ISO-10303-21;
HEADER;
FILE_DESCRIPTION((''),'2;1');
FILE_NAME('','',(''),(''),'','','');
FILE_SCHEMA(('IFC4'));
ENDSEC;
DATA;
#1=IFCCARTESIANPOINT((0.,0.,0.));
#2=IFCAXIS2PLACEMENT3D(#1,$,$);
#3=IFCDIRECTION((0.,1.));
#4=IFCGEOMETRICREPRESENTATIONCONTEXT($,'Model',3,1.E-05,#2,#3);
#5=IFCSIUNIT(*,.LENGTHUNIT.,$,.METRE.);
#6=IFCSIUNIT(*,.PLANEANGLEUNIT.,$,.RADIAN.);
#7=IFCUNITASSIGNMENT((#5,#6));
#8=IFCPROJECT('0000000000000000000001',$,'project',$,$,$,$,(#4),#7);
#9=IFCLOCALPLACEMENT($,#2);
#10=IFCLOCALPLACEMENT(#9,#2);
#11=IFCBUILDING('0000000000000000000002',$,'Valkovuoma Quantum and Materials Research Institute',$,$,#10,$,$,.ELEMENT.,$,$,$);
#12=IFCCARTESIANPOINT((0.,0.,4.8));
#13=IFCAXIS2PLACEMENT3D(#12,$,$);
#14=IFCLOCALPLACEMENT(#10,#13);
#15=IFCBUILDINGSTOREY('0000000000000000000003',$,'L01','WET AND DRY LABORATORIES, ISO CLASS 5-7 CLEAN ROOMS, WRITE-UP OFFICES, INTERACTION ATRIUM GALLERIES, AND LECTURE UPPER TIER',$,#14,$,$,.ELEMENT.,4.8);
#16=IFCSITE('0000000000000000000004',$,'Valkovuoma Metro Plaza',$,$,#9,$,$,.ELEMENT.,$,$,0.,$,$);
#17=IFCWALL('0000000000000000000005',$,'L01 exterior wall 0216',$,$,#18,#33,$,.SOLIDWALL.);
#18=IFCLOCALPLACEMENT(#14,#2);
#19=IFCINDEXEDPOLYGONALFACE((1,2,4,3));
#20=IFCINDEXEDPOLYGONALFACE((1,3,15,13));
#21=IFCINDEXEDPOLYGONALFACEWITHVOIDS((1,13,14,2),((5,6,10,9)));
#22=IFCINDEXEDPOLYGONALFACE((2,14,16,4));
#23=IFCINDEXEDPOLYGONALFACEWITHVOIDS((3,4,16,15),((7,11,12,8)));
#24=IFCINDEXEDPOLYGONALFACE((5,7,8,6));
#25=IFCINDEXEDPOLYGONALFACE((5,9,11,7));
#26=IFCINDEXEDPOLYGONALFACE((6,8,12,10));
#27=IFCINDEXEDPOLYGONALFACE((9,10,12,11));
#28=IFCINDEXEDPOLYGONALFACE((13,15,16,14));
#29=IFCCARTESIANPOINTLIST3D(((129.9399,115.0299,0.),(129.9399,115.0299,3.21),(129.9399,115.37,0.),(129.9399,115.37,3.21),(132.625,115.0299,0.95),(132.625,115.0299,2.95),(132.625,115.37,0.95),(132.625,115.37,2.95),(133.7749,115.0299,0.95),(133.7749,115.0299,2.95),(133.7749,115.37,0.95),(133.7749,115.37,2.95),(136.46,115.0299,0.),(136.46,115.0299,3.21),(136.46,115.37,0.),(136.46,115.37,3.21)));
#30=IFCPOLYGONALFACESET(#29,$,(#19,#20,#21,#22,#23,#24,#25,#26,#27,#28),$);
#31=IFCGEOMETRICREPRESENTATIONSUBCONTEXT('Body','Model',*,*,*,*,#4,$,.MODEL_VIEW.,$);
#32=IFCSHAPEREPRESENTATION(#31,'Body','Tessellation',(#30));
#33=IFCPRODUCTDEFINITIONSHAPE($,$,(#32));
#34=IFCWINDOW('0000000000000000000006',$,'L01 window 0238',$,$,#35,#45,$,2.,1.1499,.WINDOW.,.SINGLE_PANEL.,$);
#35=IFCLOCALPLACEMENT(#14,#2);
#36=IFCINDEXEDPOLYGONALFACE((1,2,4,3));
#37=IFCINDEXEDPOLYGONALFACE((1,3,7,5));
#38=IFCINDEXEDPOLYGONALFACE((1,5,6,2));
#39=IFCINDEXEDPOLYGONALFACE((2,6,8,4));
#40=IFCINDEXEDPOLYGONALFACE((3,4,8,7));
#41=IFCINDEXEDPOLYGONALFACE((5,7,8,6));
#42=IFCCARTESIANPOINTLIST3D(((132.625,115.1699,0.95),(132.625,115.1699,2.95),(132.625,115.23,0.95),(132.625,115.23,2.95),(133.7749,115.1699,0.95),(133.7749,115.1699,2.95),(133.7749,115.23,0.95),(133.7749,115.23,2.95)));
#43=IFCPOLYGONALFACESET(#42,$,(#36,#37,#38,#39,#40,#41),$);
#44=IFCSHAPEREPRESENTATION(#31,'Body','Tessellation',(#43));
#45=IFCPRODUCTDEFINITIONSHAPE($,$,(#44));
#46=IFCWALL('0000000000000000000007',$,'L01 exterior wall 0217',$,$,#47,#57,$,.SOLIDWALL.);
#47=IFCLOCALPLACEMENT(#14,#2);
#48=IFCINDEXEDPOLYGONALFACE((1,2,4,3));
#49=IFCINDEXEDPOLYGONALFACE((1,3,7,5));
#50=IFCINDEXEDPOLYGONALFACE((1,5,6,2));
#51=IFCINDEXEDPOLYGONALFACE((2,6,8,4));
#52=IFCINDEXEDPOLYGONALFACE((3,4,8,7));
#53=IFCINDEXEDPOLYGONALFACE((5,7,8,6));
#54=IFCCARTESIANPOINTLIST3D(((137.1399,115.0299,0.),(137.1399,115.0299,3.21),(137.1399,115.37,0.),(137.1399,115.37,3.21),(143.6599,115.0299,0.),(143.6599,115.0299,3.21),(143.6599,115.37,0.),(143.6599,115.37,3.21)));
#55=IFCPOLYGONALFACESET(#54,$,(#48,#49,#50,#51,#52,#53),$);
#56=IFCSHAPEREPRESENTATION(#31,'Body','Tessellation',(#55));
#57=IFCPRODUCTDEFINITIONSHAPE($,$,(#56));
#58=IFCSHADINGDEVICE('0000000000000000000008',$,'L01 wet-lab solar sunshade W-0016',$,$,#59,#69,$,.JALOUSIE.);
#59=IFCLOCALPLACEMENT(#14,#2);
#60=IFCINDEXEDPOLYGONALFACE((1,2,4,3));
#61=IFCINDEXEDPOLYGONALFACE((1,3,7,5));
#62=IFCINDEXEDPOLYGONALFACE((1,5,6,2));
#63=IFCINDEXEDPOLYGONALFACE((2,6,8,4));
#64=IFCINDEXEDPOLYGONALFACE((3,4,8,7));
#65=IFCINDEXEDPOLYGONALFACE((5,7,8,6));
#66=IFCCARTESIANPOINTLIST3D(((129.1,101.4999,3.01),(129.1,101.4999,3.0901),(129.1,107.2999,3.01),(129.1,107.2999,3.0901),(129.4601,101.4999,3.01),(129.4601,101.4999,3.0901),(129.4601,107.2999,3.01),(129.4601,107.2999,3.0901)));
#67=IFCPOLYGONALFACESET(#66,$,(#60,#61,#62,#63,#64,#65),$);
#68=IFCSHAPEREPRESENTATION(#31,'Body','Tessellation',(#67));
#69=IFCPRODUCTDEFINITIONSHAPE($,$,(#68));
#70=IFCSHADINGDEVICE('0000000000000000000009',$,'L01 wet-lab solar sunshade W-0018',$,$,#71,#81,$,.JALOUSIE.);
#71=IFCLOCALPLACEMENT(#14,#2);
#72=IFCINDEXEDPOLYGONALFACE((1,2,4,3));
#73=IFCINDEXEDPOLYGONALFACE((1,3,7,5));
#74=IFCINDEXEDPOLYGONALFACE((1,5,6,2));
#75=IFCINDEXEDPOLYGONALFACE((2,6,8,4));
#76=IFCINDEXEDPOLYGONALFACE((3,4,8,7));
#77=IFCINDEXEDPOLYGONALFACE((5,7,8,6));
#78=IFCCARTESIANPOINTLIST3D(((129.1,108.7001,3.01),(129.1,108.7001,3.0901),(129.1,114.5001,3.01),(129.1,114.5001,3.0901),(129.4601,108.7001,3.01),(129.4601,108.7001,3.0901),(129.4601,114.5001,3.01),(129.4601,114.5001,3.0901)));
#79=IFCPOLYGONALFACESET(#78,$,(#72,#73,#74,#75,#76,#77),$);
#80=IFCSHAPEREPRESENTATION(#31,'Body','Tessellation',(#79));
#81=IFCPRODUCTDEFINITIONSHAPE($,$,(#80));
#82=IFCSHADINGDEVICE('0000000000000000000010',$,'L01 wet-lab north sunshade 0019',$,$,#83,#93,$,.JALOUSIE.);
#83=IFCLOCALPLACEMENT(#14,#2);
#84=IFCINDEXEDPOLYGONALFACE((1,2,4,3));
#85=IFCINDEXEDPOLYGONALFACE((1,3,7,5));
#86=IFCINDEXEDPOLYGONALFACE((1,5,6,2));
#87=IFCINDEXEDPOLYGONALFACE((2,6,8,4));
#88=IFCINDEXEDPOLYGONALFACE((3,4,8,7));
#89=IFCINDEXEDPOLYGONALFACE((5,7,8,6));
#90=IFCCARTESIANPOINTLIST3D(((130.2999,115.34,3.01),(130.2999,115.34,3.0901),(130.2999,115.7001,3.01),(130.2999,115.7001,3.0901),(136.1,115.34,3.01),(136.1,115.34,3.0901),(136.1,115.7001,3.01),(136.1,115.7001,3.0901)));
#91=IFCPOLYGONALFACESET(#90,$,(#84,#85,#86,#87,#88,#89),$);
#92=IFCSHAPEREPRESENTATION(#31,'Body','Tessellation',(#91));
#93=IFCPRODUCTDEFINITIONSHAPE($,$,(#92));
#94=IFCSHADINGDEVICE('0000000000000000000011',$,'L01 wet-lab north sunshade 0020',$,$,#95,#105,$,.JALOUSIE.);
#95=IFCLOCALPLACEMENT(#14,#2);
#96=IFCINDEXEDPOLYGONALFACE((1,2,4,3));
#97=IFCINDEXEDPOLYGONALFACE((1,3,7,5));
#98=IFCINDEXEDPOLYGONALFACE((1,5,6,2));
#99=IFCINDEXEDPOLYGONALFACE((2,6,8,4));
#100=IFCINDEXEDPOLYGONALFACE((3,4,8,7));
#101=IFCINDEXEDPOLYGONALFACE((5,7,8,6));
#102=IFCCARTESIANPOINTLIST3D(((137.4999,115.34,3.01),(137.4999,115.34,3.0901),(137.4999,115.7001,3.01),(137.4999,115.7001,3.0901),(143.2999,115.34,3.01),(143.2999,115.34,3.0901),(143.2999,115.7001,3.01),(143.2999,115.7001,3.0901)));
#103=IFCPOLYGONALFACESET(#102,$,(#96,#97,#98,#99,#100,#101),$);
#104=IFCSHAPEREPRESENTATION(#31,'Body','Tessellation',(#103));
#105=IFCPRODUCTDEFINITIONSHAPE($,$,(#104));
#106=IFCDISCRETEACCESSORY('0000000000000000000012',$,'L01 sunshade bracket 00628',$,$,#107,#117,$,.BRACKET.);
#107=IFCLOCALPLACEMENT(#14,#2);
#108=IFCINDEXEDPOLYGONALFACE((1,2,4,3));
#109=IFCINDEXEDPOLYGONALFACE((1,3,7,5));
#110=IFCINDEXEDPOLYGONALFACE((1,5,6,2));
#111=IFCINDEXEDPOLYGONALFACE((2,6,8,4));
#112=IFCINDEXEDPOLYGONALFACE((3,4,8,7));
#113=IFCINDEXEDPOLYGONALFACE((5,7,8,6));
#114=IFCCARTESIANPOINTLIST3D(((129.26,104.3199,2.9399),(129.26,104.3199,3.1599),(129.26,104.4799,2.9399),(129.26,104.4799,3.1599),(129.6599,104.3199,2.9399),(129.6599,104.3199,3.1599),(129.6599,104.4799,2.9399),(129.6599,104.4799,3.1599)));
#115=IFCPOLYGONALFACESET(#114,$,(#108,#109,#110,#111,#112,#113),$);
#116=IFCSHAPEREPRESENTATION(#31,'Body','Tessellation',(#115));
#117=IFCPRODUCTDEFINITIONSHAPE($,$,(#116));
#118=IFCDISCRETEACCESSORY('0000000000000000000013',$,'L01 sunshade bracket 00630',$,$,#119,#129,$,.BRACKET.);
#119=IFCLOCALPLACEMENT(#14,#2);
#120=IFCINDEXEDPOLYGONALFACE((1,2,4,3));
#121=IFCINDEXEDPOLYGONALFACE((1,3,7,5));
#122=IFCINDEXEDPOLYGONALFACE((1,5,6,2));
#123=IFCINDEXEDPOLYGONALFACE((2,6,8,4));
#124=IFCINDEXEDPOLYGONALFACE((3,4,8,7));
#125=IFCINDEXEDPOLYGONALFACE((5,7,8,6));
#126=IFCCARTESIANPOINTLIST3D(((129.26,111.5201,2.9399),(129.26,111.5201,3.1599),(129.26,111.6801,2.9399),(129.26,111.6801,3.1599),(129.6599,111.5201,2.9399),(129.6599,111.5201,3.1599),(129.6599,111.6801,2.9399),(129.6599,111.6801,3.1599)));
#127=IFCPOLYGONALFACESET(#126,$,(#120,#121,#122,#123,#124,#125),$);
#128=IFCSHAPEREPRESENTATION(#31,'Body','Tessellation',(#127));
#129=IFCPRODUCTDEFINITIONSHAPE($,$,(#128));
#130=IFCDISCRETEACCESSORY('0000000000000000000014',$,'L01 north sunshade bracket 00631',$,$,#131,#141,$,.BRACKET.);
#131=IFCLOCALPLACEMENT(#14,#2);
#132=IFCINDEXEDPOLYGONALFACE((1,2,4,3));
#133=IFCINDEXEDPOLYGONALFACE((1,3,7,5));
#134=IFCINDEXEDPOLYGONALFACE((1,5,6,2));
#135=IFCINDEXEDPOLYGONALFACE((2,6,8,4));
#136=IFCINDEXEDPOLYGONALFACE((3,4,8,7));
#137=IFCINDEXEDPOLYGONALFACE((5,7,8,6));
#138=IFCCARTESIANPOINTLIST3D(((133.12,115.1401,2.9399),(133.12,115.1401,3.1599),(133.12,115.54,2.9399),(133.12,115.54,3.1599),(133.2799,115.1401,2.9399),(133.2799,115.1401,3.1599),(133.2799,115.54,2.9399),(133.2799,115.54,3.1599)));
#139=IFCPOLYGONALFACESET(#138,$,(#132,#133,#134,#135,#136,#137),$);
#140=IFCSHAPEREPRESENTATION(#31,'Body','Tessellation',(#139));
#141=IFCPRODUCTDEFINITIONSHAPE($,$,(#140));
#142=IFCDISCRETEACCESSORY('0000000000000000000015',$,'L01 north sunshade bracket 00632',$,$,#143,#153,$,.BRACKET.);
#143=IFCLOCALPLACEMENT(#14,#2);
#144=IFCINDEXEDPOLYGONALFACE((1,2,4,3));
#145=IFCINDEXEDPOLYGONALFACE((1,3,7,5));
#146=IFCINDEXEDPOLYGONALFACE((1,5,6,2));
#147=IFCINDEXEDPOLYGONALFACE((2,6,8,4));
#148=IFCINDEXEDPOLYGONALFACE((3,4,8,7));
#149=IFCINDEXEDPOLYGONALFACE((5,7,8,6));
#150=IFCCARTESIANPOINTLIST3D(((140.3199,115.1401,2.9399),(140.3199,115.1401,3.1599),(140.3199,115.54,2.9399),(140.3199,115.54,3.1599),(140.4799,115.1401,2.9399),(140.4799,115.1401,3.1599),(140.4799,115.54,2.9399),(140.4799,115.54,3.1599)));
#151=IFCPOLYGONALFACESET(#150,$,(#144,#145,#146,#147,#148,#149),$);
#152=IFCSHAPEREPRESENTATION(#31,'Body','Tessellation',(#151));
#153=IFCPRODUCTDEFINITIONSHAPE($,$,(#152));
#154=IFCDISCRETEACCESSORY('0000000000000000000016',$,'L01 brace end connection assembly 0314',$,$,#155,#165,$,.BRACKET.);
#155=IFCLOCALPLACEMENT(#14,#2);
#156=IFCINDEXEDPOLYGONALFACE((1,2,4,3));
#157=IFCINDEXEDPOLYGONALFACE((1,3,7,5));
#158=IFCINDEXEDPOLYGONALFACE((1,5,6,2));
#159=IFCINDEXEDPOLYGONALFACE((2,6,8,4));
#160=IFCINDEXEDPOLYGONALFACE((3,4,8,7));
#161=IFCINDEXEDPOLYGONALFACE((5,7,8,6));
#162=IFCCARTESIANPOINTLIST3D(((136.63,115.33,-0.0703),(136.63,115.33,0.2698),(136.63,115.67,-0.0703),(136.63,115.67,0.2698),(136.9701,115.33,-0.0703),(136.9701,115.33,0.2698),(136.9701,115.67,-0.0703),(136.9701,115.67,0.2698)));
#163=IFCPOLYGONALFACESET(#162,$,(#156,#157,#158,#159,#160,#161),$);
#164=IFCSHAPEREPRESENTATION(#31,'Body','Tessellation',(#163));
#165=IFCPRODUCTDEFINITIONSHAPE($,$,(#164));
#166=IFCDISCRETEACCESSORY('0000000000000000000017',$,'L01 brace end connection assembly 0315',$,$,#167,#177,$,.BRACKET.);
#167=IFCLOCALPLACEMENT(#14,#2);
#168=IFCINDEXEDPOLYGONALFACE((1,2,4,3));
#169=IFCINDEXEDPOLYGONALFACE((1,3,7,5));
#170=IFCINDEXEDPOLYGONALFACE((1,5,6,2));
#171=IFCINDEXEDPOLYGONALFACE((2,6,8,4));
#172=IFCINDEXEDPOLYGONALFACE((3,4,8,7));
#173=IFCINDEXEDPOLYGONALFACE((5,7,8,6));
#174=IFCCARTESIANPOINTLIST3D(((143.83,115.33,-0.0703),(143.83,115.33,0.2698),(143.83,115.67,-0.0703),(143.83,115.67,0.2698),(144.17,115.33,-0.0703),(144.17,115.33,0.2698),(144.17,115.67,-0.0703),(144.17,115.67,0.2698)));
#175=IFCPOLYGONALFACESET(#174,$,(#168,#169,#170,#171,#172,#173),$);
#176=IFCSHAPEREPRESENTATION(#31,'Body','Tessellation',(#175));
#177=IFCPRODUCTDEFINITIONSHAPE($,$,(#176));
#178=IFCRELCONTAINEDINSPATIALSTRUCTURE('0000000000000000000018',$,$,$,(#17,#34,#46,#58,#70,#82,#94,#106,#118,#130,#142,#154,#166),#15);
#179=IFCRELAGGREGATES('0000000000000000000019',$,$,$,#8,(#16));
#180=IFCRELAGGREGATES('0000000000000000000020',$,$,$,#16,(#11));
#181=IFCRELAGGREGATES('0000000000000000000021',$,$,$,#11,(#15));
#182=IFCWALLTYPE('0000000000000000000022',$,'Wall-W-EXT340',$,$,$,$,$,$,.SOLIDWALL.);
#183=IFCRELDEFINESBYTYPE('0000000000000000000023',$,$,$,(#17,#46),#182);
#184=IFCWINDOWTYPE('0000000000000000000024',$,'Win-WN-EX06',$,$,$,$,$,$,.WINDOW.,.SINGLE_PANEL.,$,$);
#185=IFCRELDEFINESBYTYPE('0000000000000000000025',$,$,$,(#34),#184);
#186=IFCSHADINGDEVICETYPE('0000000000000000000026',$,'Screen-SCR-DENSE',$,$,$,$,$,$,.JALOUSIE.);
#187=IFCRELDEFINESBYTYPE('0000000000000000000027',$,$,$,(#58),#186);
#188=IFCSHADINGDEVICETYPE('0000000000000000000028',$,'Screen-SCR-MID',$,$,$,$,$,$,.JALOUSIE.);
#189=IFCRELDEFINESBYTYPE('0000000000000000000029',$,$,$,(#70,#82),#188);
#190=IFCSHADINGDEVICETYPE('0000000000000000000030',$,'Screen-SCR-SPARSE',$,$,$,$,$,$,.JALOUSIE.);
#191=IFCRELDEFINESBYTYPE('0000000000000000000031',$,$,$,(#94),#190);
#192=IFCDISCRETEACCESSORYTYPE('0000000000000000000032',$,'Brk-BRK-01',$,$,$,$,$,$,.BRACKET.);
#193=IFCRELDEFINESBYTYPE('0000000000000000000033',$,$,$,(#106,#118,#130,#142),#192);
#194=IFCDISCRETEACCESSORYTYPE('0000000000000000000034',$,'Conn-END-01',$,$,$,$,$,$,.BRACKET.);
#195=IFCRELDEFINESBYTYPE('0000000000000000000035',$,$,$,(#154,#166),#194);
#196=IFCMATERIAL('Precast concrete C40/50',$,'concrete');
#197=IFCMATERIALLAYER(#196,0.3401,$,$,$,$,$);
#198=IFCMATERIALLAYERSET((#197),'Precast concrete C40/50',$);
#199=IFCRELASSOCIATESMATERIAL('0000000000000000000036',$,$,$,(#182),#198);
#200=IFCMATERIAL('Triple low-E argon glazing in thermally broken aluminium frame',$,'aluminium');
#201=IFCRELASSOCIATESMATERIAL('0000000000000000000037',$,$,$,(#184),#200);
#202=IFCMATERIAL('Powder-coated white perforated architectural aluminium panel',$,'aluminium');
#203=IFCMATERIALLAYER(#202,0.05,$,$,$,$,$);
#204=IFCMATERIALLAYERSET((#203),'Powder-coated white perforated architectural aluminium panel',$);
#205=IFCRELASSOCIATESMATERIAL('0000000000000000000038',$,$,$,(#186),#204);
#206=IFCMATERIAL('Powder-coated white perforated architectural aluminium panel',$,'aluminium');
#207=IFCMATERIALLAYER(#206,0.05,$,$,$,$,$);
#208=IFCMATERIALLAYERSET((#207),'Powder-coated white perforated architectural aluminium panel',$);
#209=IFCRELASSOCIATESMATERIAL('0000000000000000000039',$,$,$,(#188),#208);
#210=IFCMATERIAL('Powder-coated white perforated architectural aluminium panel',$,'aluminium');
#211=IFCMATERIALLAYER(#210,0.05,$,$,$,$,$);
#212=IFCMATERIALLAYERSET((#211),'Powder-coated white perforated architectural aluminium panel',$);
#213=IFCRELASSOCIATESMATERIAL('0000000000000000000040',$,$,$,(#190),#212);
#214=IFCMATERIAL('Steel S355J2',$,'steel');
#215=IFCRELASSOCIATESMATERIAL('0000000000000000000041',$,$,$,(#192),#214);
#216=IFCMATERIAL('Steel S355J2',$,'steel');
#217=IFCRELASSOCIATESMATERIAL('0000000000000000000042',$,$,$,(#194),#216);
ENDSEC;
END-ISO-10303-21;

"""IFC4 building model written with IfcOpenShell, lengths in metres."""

from ifc_helpers import new_model, si_unit, direction, frame, frame_2d, origin, origin_2d, place, context, subcontext, project, spatial, rectangle, extrude, material, layer, layer_set, type_object, element, fill, save


model = new_model("IFC4")

# Units and contexts
model_context = context("Model", 3, precision=1e-05, world=origin(), true_north=direction((0.0, 1.0)))
body_context = subcontext(model_context, "Body", "Model", "MODEL_VIEW")
ifc_project = project(units=[si_unit("LENGTHUNIT", "METRE"), si_unit("PLANEANGLEUNIT", "RADIAN")], contexts=[model_context])

# Site, building, storey
site_placement = place(None, origin())
site = spatial("IfcSite", under=ifc_project, at=site_placement, Name="Valkovuoma Metro Plaza", CompositionType="ELEMENT", RefElevation=0.0)
building_placement = place(site_placement, origin())
building = spatial("IfcBuilding", under=site, at=building_placement, Name="Valkovuoma Quantum and Materials Research Institute", CompositionType="ELEMENT")
storey_placement = place(building_placement, frame((0.0, 0.0, 4.8)))
storey = spatial("IfcBuildingStorey", under=building, at=storey_placement, Name="L01", Description="WET AND DRY LABORATORIES, ISO CLASS 5-7 CLEAN ROOMS, WRITE-UP OFFICES, INTERACTION ATRIUM GALLERIES, AND LECTURE UPPER TIER", CompositionType="ELEMENT", Elevation=4.8)

# Wall, opening, window
ifc_material_1 = material(Name="Precast concrete C40/50", Category="concrete")
ifc_layer_1 = layer(ifc_material_1, 0.3401)
ifc_layer_set_1 = layer_set([ifc_layer_1], Name="Precast concrete C40/50")
wall_type_1 = type_object("IfcWallType", Name="Wall-W-EXT340", PredefinedType="SOLIDWALL", material=ifc_layer_set_1)
wall_1_placement = place(storey_placement, frame((129.9399, 115.2, 0.0), z_axis=(0.0, 0.0, 1.0), x_axis=(1.0, 0.0, 0.0)))
wall_1 = element("IfcWall", 1, at=wall_1_placement, inside=storey, type_object=wall_type_1, Name="L01 exterior wall 0216", PredefinedType="SOLIDWALL", context=body_context, shape_type="SweptSolid", body=[
    extrude(rectangle(XDim=6.52, YDim=0.3401, at=frame_2d((3.26, 0.0))), origin(), (0.0, 0.0, 1.0), 3.21),
])
opening_1_placement = place(wall_1_placement, frame((2.6851, 0.0, 0.95)))
opening_1 = element("IfcOpeningElement", 2, at=opening_1_placement, cuts=wall_1, PredefinedType="OPENING", context=body_context, shape_type="SweptSolid", body=[
    extrude(rectangle(XDim=1.1499, YDim=2.0, at=frame_2d((0.575, 1.0))), frame((0.0, 0.1802, 0.0), z_axis=(0.0, -1.0, 0.0), x_axis=(1.0, 0.0, 0.0)), (0.0, 0.0, 1.0), 0.3601),
])
ifc_material_2 = material(Name="Triple low-E argon glazing in thermally broken aluminium frame", Category="aluminium")
window_type_1 = type_object("IfcWindowType", Name="Win-WN-EX06", PartitioningType="SINGLE_PANEL", PredefinedType="WINDOW", material=ifc_material_2)
window_1_placement = place(opening_1_placement, origin())
window_1 = element("IfcWindow", 3, at=window_1_placement, inside=storey, type_object=window_type_1, Name="L01 window 0238", OverallHeight=2.0, OverallWidth=1.1499, PartitioningType="SINGLE_PANEL", PredefinedType="WINDOW", context=body_context, shape_type="SweptSolid", body=[
    extrude(rectangle(XDim=1.1499, YDim=2.0, at=frame_2d((0.575, 1.0))), frame((0.0, 0.03, 0.0), z_axis=(0.0, -1.0, 0.0), x_axis=(1.0, 0.0, 0.0)), (0.0, 0.0, 1.0), 0.0601),
])
fill(opening_1, window_1)

# Wall
wall_2_placement = place(storey_placement, frame((137.1399, 115.2, 0.0), z_axis=(0.0, 0.0, 1.0), x_axis=(1.0, 0.0, 0.0)))
element("IfcWall", 4, at=wall_2_placement, inside=storey, type_object=wall_type_1, Name="L01 exterior wall 0217", PredefinedType="SOLIDWALL", context=body_context, shape_type="SweptSolid", body=[
    extrude(rectangle(XDim=6.52, YDim=0.3401, at=frame_2d((3.26, 0.0))), origin(), (0.0, 0.0, 1.0), 3.21),
])

# Shading devices
ifc_material_3 = material(Name="Powder-coated white perforated architectural aluminium panel", Category="aluminium")
ifc_layer_2 = layer(ifc_material_3, 0.05)
ifc_layer_set_2 = layer_set([ifc_layer_2], Name="Powder-coated white perforated architectural aluminium panel")
shading_device_type_1 = type_object("IfcShadingDeviceType", Name="Screen-SCR-DENSE", PredefinedType="JALOUSIE", material=ifc_layer_set_2)
shading_device_1_placement = place(storey_placement, frame((129.28, 104.3999, 3.01), z_axis=(0.0, 0.0, 1.0), x_axis=(1.0, 0.0, 0.0)))
element("IfcShadingDevice", 5, at=shading_device_1_placement, inside=storey, type_object=shading_device_type_1, Name="L01 wet-lab solar sunshade W-0016", PredefinedType="JALOUSIE", context=body_context, shape_type="SweptSolid", body=[
    extrude(rectangle(XDim=0.3601, YDim=5.8, at=origin_2d()), origin(), (0.0, 0.0, 1.0), 0.0801),
])
ifc_material_4 = material(Name="Powder-coated white perforated architectural aluminium panel", Category="aluminium")
ifc_layer_3 = layer(ifc_material_4, 0.05)
ifc_layer_set_3 = layer_set([ifc_layer_3], Name="Powder-coated white perforated architectural aluminium panel")
shading_device_type_2 = type_object("IfcShadingDeviceType", Name="Screen-SCR-MID", PredefinedType="JALOUSIE", material=ifc_layer_set_3)
shading_device_2_placement = place(storey_placement, frame((129.28, 111.6001, 3.01), z_axis=(0.0, 0.0, 1.0), x_axis=(1.0, 0.0, 0.0)))
element("IfcShadingDevice", 6, at=shading_device_2_placement, inside=storey, type_object=shading_device_type_2, Name="L01 wet-lab solar sunshade W-0018", PredefinedType="JALOUSIE", context=body_context, shape_type="SweptSolid", body=[
    extrude(rectangle(XDim=0.3601, YDim=5.8, at=origin_2d()), origin(), (0.0, 0.0, 1.0), 0.0801),
])
shading_device_3_placement = place(storey_placement, frame((133.2, 115.52, 3.01), z_axis=(0.0, 0.0, 1.0), x_axis=(1.0, 0.0, 0.0)))
element("IfcShadingDevice", 7, at=shading_device_3_placement, inside=storey, type_object=shading_device_type_2, Name="L01 wet-lab north sunshade 0019", PredefinedType="JALOUSIE", context=body_context, shape_type="SweptSolid", body=[
    extrude(rectangle(XDim=5.8, YDim=0.3601, at=origin_2d()), origin(), (0.0, 0.0, 1.0), 0.0801),
])
ifc_material_5 = material(Name="Powder-coated white perforated architectural aluminium panel", Category="aluminium")
ifc_layer_4 = layer(ifc_material_5, 0.05)
ifc_layer_set_4 = layer_set([ifc_layer_4], Name="Powder-coated white perforated architectural aluminium panel")
shading_device_type_3 = type_object("IfcShadingDeviceType", Name="Screen-SCR-SPARSE", PredefinedType="JALOUSIE", material=ifc_layer_set_4)
shading_device_4_placement = place(storey_placement, frame((140.3999, 115.52, 3.01), z_axis=(0.0, 0.0, 1.0), x_axis=(1.0, 0.0, 0.0)))
element("IfcShadingDevice", 8, at=shading_device_4_placement, inside=storey, type_object=shading_device_type_3, Name="L01 wet-lab north sunshade 0020", PredefinedType="JALOUSIE", context=body_context, shape_type="SweptSolid", body=[
    extrude(rectangle(XDim=5.8, YDim=0.3601, at=origin_2d()), origin(), (0.0, 0.0, 1.0), 0.0801),
])

# Discrete accessories
ifc_material_6 = material(Name="Steel S355J2", Category="steel")
discrete_accessory_type_1 = type_object("IfcDiscreteAccessoryType", Name="Brk-BRK-01", PredefinedType="BRACKET", material=ifc_material_6)
for number, where, z_axis, x_axis, name in (
    (9, (129.46, 104.3999, 2.9399), (0.0, 0.0, 1.0), (1.0, 0.0, 0.0), "L01 sunshade bracket 00628"),
    (10, (129.46, 111.6001, 2.9399), (0.0, 0.0, 1.0), (1.0, 0.0, 0.0), "L01 sunshade bracket 00630"),
):
    element("IfcDiscreteAccessory", number, at=place(storey_placement, frame(where, z_axis=z_axis, x_axis=x_axis)), inside=storey, type_object=discrete_accessory_type_1, Name=name, PredefinedType="BRACKET", context=body_context, shape_type="SweptSolid", body=[
        extrude(rectangle(XDim=0.3999, YDim=0.1599, at=origin_2d()), origin(), (0.0, 0.0, 1.0), 0.22),
    ])
for number, where, z_axis, x_axis, name in (
    (11, (133.2, 115.3401, 2.9399), (0.0, 0.0, 1.0), (1.0, 0.0, 0.0), "L01 north sunshade bracket 00631"),
    (12, (140.3999, 115.3401, 2.9399), (0.0, 0.0, 1.0), (1.0, 0.0, 0.0), "L01 north sunshade bracket 00632"),
):
    element("IfcDiscreteAccessory", number, at=place(storey_placement, frame(where, z_axis=z_axis, x_axis=x_axis)), inside=storey, type_object=discrete_accessory_type_1, Name=name, PredefinedType="BRACKET", context=body_context, shape_type="SweptSolid", body=[
        extrude(rectangle(XDim=0.1599, YDim=0.3999, at=origin_2d()), origin(), (0.0, 0.0, 1.0), 0.22),
    ])
ifc_material_7 = material(Name="Steel S355J2", Category="steel")
discrete_accessory_type_2 = type_object("IfcDiscreteAccessoryType", Name="Conn-END-01", PredefinedType="BRACKET", material=ifc_material_7)
for number, where, z_axis, x_axis, name in (
    (13, (136.8, 115.5, -0.0703), (0.0, 0.0, 1.0), (1.0, 0.0, 0.0), "L01 brace end connection assembly 0314"),
    (14, (144.0, 115.5, -0.0703), (0.0, 0.0, 1.0), (1.0, 0.0, 0.0), "L01 brace end connection assembly 0315"),
):
    element("IfcDiscreteAccessory", number, at=place(storey_placement, frame(where, z_axis=z_axis, x_axis=x_axis)), inside=storey, type_object=discrete_accessory_type_2, Name=name, PredefinedType="BRACKET", context=body_context, shape_type="SweptSolid", body=[
        extrude(rectangle(XDim=0.3401, YDim=0.3401, at=origin_2d()), origin(), (0.0, 0.0, 1.0), 0.3401),
    ])

save(model, "model.ifc")
